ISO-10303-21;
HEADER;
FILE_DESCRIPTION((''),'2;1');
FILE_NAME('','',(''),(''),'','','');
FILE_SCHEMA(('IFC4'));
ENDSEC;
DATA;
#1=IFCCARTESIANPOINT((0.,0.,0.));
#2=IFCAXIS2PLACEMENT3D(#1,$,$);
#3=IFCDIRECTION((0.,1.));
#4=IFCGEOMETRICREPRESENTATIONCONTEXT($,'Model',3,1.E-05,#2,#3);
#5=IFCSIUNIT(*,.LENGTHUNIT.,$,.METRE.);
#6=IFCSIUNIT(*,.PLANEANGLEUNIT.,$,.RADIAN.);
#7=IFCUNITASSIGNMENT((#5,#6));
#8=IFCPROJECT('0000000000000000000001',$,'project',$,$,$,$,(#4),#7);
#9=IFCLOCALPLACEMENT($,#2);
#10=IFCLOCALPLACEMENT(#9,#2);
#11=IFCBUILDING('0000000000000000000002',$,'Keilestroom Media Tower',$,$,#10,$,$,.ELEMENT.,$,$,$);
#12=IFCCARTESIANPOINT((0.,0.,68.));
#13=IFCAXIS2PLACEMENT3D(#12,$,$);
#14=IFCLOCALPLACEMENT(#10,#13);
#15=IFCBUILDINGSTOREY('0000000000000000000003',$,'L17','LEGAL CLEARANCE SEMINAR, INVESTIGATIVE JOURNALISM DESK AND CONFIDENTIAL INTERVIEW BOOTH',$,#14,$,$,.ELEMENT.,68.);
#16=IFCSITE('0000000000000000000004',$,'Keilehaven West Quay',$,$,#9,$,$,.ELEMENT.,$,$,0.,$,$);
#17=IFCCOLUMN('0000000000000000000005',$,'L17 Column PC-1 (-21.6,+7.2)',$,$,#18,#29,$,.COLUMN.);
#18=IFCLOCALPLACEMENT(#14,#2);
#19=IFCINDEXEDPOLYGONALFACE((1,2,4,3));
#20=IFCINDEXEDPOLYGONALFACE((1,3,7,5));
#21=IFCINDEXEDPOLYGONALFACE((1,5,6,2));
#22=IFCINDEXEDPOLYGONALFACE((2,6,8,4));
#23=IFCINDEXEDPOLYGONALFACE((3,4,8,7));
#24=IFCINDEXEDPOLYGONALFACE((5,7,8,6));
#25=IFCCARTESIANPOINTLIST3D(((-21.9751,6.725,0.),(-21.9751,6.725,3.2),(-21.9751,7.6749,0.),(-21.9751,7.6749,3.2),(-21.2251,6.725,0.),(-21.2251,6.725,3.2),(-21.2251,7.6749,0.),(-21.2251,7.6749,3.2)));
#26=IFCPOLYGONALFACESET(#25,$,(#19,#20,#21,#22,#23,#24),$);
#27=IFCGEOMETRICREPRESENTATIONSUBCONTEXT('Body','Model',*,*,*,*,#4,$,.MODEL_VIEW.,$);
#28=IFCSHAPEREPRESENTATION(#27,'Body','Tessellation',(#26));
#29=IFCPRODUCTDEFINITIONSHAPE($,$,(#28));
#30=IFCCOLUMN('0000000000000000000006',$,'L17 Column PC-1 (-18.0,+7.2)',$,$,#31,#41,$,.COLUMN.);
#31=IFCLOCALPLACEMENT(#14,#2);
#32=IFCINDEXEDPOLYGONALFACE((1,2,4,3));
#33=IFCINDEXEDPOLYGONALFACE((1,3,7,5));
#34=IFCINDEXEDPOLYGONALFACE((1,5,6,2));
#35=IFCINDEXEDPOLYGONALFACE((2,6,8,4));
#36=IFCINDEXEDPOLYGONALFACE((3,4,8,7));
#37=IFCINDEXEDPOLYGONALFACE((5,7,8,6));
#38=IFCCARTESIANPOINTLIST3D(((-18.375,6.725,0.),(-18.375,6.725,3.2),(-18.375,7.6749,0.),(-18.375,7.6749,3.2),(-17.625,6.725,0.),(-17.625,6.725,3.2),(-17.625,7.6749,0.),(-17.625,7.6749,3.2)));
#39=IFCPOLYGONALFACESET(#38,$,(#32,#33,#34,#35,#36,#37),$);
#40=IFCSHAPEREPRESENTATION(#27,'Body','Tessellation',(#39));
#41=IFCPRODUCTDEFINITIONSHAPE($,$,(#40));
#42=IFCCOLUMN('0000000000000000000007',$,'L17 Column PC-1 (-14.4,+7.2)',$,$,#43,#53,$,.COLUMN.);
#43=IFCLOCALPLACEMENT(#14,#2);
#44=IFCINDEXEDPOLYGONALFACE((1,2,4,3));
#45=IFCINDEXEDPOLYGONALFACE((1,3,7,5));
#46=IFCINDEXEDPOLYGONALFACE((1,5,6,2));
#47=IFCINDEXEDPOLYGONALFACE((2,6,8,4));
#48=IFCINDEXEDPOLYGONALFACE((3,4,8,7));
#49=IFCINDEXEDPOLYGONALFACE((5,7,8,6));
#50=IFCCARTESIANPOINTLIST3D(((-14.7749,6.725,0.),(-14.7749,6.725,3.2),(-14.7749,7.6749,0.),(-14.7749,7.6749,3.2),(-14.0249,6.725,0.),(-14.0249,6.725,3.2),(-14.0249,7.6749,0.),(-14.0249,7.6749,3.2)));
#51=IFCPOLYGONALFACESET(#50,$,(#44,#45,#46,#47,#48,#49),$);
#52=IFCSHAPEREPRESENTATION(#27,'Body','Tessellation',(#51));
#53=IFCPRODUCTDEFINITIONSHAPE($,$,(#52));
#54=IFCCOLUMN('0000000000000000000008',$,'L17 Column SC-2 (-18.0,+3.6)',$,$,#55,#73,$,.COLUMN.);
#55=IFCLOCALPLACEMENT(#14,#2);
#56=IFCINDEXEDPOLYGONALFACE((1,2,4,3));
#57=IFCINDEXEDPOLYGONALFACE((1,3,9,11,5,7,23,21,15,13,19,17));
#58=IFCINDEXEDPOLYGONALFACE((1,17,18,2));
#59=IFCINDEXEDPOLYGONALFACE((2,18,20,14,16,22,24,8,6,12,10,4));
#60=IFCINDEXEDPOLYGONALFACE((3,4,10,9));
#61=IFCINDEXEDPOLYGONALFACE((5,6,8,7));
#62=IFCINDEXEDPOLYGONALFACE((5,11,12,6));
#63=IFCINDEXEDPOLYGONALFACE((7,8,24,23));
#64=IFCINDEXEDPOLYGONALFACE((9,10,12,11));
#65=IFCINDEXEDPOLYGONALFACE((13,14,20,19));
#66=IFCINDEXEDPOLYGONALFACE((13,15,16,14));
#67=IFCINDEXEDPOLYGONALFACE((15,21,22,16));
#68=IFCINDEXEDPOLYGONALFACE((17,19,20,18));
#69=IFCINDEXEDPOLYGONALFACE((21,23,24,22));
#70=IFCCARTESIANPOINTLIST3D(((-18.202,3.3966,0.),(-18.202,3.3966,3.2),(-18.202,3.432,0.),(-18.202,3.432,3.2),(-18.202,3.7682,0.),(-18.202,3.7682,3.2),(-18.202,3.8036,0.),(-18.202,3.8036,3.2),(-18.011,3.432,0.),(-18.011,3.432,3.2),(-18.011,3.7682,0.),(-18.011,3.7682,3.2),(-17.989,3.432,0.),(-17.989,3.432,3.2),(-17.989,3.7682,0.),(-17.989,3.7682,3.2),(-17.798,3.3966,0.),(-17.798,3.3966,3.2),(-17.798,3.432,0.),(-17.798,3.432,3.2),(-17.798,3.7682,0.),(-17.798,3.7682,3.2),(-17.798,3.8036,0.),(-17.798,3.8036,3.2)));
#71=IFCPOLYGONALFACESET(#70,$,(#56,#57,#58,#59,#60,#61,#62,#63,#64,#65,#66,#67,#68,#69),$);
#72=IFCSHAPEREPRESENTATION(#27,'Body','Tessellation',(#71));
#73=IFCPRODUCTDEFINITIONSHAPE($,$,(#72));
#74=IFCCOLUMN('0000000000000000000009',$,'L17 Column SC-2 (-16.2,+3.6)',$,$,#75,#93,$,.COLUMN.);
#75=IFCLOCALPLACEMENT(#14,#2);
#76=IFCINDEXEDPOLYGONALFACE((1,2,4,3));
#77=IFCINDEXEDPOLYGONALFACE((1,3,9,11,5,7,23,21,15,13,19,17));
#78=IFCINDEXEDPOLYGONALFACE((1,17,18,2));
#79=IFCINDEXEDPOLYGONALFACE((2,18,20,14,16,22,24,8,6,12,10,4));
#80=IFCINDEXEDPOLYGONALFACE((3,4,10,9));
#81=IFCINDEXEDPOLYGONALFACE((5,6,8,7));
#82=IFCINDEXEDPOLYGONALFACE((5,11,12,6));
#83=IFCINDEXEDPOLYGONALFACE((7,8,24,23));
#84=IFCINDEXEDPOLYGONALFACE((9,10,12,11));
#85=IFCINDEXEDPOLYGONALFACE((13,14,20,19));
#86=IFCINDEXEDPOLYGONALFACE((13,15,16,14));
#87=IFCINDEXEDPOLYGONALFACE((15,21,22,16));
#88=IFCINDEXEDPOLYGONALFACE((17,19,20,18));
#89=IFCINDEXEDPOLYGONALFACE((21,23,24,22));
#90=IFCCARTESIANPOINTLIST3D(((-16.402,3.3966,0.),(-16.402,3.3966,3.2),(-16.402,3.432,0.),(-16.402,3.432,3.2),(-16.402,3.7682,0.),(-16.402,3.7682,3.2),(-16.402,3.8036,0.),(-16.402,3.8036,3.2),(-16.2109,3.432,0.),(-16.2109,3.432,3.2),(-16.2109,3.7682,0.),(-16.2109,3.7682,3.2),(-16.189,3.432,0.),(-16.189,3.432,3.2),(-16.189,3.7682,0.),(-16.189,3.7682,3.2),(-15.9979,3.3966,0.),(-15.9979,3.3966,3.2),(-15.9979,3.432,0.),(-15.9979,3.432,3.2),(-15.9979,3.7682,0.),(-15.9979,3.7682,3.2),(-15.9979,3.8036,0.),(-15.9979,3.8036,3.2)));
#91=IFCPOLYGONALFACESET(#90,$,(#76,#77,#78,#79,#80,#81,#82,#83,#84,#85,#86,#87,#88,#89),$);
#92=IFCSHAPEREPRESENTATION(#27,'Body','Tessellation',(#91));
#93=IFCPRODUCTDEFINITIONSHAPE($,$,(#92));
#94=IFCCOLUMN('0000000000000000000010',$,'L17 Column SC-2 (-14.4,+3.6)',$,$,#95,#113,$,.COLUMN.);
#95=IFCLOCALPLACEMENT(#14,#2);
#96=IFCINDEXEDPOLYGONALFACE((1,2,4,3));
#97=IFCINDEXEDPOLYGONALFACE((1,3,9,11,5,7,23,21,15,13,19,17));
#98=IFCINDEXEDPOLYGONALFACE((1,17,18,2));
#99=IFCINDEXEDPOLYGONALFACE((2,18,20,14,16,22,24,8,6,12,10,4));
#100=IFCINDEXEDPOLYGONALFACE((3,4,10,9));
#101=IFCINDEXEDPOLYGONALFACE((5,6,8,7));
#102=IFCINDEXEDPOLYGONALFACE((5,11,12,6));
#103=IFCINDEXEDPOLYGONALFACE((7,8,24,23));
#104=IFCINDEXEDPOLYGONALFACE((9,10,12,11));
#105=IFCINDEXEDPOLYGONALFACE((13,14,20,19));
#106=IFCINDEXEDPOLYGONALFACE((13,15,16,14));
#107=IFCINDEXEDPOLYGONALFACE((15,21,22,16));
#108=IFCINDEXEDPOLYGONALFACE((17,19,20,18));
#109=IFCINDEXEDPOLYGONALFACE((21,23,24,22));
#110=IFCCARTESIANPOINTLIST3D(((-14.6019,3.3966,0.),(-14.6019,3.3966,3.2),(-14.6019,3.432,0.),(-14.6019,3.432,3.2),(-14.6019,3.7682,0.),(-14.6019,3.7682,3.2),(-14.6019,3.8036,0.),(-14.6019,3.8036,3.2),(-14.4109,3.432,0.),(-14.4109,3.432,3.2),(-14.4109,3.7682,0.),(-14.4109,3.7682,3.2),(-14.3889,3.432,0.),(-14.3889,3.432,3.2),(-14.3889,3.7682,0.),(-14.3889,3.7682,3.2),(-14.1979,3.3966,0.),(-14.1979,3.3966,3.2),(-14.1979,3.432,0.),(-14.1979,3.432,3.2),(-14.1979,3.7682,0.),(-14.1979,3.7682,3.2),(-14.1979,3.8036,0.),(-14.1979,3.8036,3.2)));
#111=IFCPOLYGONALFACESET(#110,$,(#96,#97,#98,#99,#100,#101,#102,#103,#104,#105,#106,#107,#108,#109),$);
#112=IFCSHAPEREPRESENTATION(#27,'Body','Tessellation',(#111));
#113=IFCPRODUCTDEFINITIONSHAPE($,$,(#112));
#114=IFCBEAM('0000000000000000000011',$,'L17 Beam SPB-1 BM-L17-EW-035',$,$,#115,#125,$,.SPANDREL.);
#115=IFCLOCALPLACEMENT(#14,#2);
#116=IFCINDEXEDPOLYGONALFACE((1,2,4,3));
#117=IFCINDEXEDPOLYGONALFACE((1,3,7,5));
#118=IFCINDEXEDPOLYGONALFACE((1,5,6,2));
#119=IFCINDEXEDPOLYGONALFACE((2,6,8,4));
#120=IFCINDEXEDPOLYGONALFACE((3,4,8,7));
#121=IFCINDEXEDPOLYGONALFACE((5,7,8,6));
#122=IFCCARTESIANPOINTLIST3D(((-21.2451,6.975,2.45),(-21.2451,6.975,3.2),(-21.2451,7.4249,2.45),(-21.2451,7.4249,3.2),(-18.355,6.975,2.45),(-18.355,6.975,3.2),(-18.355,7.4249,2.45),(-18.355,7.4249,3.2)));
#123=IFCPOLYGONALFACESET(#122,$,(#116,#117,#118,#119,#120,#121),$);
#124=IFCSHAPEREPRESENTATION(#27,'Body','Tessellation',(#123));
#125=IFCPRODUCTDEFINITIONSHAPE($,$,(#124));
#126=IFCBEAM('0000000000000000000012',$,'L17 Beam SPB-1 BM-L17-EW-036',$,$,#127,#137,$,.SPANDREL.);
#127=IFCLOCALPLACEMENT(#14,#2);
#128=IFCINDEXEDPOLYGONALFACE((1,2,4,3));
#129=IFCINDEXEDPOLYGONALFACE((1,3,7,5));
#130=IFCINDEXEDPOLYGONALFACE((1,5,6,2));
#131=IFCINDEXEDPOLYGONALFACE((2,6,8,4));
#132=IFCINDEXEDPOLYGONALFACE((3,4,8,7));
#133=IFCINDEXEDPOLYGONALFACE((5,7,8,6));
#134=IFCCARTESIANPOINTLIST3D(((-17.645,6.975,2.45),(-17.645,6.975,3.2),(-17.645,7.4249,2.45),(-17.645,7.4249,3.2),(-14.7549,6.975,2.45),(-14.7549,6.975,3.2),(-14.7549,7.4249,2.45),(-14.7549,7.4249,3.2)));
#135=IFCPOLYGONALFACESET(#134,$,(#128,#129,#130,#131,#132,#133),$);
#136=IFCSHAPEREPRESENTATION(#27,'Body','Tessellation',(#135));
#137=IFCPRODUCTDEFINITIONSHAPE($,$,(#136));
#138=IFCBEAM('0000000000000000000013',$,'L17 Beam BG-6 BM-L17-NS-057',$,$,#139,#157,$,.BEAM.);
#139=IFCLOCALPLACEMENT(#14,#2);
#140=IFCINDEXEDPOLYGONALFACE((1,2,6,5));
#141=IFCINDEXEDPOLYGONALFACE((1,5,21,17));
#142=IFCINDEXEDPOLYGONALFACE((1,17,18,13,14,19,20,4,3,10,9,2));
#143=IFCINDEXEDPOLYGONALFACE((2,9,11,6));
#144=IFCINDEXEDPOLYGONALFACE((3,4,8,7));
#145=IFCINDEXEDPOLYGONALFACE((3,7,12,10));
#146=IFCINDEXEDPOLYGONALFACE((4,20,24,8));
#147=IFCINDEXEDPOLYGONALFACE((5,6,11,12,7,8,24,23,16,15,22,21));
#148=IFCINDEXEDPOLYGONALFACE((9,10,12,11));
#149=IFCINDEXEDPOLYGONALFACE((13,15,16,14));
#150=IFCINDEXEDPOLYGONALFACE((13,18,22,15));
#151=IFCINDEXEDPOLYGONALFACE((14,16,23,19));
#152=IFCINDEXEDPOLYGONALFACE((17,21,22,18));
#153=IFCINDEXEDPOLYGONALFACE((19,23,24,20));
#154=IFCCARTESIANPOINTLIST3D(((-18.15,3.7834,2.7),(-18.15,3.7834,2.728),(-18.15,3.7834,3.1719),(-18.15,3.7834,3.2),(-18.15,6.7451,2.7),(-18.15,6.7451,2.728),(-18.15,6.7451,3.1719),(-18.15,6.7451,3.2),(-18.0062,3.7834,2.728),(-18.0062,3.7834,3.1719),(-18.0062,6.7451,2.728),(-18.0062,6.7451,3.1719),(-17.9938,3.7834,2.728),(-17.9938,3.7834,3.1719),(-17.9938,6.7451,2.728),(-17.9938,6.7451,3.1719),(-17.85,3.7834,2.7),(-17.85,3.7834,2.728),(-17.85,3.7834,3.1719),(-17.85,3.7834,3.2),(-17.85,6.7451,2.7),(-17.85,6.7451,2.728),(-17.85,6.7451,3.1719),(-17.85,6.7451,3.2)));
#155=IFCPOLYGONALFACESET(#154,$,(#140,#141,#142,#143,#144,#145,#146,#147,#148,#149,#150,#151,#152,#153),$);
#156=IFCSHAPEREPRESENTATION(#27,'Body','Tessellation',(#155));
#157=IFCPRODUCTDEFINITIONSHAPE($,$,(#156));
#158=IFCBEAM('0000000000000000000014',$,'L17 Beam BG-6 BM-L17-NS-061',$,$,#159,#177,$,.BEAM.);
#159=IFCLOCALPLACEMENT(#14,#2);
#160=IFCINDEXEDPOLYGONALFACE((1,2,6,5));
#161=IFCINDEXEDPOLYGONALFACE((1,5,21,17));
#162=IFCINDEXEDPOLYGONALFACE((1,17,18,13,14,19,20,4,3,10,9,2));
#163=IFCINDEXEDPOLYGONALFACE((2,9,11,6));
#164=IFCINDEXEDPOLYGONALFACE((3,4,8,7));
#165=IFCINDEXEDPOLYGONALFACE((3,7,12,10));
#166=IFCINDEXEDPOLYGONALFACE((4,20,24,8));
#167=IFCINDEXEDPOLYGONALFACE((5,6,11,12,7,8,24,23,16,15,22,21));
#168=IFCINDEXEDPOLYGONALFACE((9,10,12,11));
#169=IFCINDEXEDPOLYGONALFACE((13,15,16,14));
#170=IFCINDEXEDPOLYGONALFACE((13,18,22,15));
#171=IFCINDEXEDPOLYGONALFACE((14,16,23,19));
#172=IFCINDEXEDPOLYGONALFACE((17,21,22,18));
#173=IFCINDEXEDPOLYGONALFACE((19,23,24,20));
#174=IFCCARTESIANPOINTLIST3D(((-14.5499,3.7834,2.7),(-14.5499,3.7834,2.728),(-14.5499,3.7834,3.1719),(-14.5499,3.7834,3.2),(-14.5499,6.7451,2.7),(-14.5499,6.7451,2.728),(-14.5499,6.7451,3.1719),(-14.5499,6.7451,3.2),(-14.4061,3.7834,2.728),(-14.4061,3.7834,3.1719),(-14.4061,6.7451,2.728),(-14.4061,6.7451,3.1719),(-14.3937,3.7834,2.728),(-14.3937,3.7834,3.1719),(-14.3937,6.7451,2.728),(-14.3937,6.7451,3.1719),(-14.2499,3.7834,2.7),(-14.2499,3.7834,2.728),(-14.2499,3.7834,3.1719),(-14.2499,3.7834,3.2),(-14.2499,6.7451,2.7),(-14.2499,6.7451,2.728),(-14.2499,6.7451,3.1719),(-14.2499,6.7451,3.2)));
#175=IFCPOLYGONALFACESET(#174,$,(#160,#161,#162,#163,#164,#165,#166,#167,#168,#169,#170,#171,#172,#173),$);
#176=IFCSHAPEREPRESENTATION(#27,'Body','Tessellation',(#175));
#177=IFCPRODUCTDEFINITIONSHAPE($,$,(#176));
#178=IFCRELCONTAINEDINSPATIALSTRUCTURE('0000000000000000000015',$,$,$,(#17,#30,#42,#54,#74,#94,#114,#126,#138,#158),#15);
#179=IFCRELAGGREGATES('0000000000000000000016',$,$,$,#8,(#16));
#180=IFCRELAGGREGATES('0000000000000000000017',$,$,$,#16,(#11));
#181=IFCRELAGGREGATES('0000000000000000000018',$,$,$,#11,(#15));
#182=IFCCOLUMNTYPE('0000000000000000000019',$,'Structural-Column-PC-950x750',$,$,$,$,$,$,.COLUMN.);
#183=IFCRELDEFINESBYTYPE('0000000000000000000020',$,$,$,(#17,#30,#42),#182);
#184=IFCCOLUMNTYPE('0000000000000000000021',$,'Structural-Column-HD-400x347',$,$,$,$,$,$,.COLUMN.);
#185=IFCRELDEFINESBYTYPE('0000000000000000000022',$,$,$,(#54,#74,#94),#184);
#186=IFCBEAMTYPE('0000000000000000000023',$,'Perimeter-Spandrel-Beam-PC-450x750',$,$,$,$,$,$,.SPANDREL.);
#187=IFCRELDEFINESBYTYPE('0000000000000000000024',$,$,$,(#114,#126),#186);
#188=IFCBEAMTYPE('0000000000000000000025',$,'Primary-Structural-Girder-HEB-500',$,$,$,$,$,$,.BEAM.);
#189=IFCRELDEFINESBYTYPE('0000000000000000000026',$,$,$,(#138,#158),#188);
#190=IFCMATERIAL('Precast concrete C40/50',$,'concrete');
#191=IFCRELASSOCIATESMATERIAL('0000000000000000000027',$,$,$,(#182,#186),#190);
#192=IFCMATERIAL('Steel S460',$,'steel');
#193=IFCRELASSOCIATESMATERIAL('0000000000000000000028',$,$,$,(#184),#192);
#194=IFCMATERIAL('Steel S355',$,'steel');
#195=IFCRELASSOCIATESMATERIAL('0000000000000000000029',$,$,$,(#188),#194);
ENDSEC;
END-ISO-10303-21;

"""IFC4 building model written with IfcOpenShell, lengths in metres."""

from ifc_helpers import new_model, si_unit, direction, frame, origin, origin_2d, place, context, subcontext, project, spatial, rectangle, i_section, extrude, source, transform, mapped, material, material_profile, profile_set, type_object, element, save


model = new_model("IFC4")

# Units and contexts
model_context = context("Model", 3, precision=1e-05, world=origin(), true_north=direction((0.0, 1.0)))
body_context = subcontext(model_context, "Body", "Model", "MODEL_VIEW")
ifc_project = project(units=[si_unit("LENGTHUNIT", "METRE"), si_unit("PLANEANGLEUNIT", "RADIAN")], contexts=[model_context])

# Site, building, storey
site_placement = place(None, origin())
site = spatial("IfcSite", under=ifc_project, at=site_placement, Name="Keilehaven West Quay", CompositionType="ELEMENT", RefElevation=0.0)
building_placement = place(site_placement, origin())
building = spatial("IfcBuilding", under=site, at=building_placement, Name="Keilestroom Media Tower", CompositionType="ELEMENT")
storey_placement = place(building_placement, frame((0.0, 0.0, 68.0)))
storey = spatial("IfcBuildingStorey", under=building, at=storey_placement, Name="L17", Description="LEGAL CLEARANCE SEMINAR, INVESTIGATIVE JOURNALISM DESK AND CONFIDENTIAL INTERVIEW BOOTH", CompositionType="ELEMENT", Elevation=68.0)

# Columns
ifc_material_1 = material(Name="Precast concrete C40/50", Category="concrete")
ifc_material_profile_1 = material_profile(ifc_material_1, rectangle(XDim=0.75, YDim=0.95, at=origin_2d()), Name="PC 950x750")
ifc_profile_set_1 = profile_set([ifc_material_profile_1], Name="Precast concrete C40/50")
column_type_1 = type_object("IfcColumnType", Name="Structural-Column-PC-950x750", PredefinedType="COLUMN", material=ifc_profile_set_1)
shared_shape_1 = source(origin(), body_context, "Body", "SweptSolid", [
    extrude(rectangle(XDim=0.75, YDim=0.95, at=origin_2d()), origin(), (0.0, 0.0, 1.0), 3.2),
])
for number, where, z_axis, x_axis, name in (
    (1, (-21.6001, 7.2, 0.0), (0.0, 0.0, 1.0), (1.0, 0.0, 0.0), "L17 Column PC-1 (-21.6,+7.2)"),
    (2, (-18.0, 7.2, 0.0), (0.0, 0.0, 1.0), (1.0, 0.0, 0.0), "L17 Column PC-1 (-18.0,+7.2)"),
    (3, (-14.3999, 7.2, 0.0), (0.0, 0.0, 1.0), (1.0, 0.0, 0.0), "L17 Column PC-1 (-14.4,+7.2)"),
):
    element("IfcColumn", number, at=place(storey_placement, frame(where, z_axis=z_axis, x_axis=x_axis)), inside=storey, type_object=column_type_1, Name=name, PredefinedType="COLUMN", context=body_context, shape_type="MappedRepresentation", body=[
        mapped(shared_shape_1, transform((0.0, 0.0, 0.0), x_axis=(1.0, 0.0, 0.0), y_axis=(0.0, 1.0, 0.0), z_axis=(0.0, 0.0, 1.0), scale=1.0)),
    ])
ifc_material_2 = material(Name="Steel S460", Category="steel")
ifc_material_profile_2 = material_profile(ifc_material_2, i_section(OverallWidth=0.4041, OverallDepth=0.407, WebThickness=0.022, FlangeThickness=0.0354, at=origin_2d()), Name="HD 400x347")
ifc_profile_set_2 = profile_set([ifc_material_profile_2], Name="Steel S460")
column_type_2 = type_object("IfcColumnType", Name="Structural-Column-HD-400x347", PredefinedType="COLUMN", material=ifc_profile_set_2)
shared_shape_2 = source(origin(), body_context, "Body", "SweptSolid", [
    extrude(i_section(OverallWidth=0.4041, OverallDepth=0.407, WebThickness=0.022, FlangeThickness=0.0354, at=origin_2d()), origin(), (0.0, 0.0, 1.0), 3.2),
])
for number, where, z_axis, x_axis, name in (
    (4, (-18.0, 3.6001, 0.0), (0.0, 0.0, 1.0), (1.0, 0.0, 0.0), "L17 Column SC-2 (-18.0,+3.6)"),
    (5, (-16.2, 3.6001, 0.0), (0.0, 0.0, 1.0), (1.0, 0.0, 0.0), "L17 Column SC-2 (-16.2,+3.6)"),
    (6, (-14.3999, 3.6001, 0.0), (0.0, 0.0, 1.0), (1.0, 0.0, 0.0), "L17 Column SC-2 (-14.4,+3.6)"),
):
    element("IfcColumn", number, at=place(storey_placement, frame(where, z_axis=z_axis, x_axis=x_axis)), inside=storey, type_object=column_type_2, Name=name, PredefinedType="COLUMN", context=body_context, shape_type="MappedRepresentation", body=[
        mapped(shared_shape_2, transform((0.0, 0.0, 0.0), x_axis=(1.0, 0.0, 0.0), y_axis=(0.0, 1.0, 0.0), z_axis=(0.0, 0.0, 1.0), scale=1.0)),
    ])

# Beams
ifc_material_profile_3 = material_profile(ifc_material_1, rectangle(XDim=0.45, YDim=0.75, at=origin_2d()), Name="PC 450x750")
ifc_profile_set_3 = profile_set([ifc_material_profile_3], Name="Precast concrete C40/50")
beam_type_1 = type_object("IfcBeamType", Name="Perimeter-Spandrel-Beam-PC-450x750", PredefinedType="SPANDREL", material=ifc_profile_set_3)
shared_shape_3 = source(origin(), body_context, "Body", "SweptSolid", [
    extrude(rectangle(XDim=0.45, YDim=0.75, at=origin_2d()), origin(), (0.0, 0.0, 1.0), 2.8901),
])
for number, where, z_axis, x_axis, name in (
    (7, (-21.2451, 7.2, 2.825), (1.0, 0.0, 0.0), (0.0, 1.0, 0.0), "L17 Beam SPB-1 BM-L17-EW-035"),
    (8, (-17.645, 7.2, 2.825), (1.0, 0.0, 0.0), (0.0, 1.0, 0.0), "L17 Beam SPB-1 BM-L17-EW-036"),
):
    element("IfcBeam", number, at=place(storey_placement, frame(where, z_axis=z_axis, x_axis=x_axis)), inside=storey, type_object=beam_type_1, Name=name, PredefinedType="SPANDREL", context=body_context, shape_type="MappedRepresentation", body=[
        mapped(shared_shape_3, transform((0.0, 0.0, 0.0), x_axis=(1.0, 0.0, 0.0), y_axis=(0.0, 1.0, 0.0), z_axis=(0.0, 0.0, 1.0), scale=1.0)),
    ])
ifc_material_3 = material(Name="Steel S355", Category="steel")
ifc_material_profile_4 = material_profile(ifc_material_3, i_section(OverallWidth=0.3, OverallDepth=0.5, WebThickness=0.0125, FlangeThickness=0.0281, at=origin_2d()), Name="HEB 500")
ifc_profile_set_4 = profile_set([ifc_material_profile_4], Name="Steel S355")
beam_type_2 = type_object("IfcBeamType", Name="Primary-Structural-Girder-HEB-500", PredefinedType="BEAM", material=ifc_profile_set_4)
shared_shape_4 = source(origin(), body_context, "Body", "SweptSolid", [
    extrude(i_section(OverallWidth=0.3, OverallDepth=0.5, WebThickness=0.0125, FlangeThickness=0.0281, at=origin_2d()), origin(), (0.0, 0.0, 1.0), 2.9617),
])
for number, where, z_axis, x_axis, name in (
    (9, (-18.0, 3.7834, 2.95), (0.0, 1.0, 0.0), (-1.0, 0.0, 0.0), "L17 Beam BG-6 BM-L17-NS-057"),
    (10, (-14.3999, 3.7834, 2.95), (0.0, 1.0, 0.0), (-1.0, 0.0, 0.0), "L17 Beam BG-6 BM-L17-NS-061"),
):
    element("IfcBeam", number, at=place(storey_placement, frame(where, z_axis=z_axis, x_axis=x_axis)), inside=storey, type_object=beam_type_2, Name=name, PredefinedType="BEAM", context=body_context, shape_type="MappedRepresentation", body=[
        mapped(shared_shape_4, transform((0.0, 0.0, 0.0), x_axis=(1.0, 0.0, 0.0), y_axis=(0.0, 1.0, 0.0), z_axis=(0.0, 0.0, 1.0), scale=1.0)),
    ])

save(model, "model.ifc")
